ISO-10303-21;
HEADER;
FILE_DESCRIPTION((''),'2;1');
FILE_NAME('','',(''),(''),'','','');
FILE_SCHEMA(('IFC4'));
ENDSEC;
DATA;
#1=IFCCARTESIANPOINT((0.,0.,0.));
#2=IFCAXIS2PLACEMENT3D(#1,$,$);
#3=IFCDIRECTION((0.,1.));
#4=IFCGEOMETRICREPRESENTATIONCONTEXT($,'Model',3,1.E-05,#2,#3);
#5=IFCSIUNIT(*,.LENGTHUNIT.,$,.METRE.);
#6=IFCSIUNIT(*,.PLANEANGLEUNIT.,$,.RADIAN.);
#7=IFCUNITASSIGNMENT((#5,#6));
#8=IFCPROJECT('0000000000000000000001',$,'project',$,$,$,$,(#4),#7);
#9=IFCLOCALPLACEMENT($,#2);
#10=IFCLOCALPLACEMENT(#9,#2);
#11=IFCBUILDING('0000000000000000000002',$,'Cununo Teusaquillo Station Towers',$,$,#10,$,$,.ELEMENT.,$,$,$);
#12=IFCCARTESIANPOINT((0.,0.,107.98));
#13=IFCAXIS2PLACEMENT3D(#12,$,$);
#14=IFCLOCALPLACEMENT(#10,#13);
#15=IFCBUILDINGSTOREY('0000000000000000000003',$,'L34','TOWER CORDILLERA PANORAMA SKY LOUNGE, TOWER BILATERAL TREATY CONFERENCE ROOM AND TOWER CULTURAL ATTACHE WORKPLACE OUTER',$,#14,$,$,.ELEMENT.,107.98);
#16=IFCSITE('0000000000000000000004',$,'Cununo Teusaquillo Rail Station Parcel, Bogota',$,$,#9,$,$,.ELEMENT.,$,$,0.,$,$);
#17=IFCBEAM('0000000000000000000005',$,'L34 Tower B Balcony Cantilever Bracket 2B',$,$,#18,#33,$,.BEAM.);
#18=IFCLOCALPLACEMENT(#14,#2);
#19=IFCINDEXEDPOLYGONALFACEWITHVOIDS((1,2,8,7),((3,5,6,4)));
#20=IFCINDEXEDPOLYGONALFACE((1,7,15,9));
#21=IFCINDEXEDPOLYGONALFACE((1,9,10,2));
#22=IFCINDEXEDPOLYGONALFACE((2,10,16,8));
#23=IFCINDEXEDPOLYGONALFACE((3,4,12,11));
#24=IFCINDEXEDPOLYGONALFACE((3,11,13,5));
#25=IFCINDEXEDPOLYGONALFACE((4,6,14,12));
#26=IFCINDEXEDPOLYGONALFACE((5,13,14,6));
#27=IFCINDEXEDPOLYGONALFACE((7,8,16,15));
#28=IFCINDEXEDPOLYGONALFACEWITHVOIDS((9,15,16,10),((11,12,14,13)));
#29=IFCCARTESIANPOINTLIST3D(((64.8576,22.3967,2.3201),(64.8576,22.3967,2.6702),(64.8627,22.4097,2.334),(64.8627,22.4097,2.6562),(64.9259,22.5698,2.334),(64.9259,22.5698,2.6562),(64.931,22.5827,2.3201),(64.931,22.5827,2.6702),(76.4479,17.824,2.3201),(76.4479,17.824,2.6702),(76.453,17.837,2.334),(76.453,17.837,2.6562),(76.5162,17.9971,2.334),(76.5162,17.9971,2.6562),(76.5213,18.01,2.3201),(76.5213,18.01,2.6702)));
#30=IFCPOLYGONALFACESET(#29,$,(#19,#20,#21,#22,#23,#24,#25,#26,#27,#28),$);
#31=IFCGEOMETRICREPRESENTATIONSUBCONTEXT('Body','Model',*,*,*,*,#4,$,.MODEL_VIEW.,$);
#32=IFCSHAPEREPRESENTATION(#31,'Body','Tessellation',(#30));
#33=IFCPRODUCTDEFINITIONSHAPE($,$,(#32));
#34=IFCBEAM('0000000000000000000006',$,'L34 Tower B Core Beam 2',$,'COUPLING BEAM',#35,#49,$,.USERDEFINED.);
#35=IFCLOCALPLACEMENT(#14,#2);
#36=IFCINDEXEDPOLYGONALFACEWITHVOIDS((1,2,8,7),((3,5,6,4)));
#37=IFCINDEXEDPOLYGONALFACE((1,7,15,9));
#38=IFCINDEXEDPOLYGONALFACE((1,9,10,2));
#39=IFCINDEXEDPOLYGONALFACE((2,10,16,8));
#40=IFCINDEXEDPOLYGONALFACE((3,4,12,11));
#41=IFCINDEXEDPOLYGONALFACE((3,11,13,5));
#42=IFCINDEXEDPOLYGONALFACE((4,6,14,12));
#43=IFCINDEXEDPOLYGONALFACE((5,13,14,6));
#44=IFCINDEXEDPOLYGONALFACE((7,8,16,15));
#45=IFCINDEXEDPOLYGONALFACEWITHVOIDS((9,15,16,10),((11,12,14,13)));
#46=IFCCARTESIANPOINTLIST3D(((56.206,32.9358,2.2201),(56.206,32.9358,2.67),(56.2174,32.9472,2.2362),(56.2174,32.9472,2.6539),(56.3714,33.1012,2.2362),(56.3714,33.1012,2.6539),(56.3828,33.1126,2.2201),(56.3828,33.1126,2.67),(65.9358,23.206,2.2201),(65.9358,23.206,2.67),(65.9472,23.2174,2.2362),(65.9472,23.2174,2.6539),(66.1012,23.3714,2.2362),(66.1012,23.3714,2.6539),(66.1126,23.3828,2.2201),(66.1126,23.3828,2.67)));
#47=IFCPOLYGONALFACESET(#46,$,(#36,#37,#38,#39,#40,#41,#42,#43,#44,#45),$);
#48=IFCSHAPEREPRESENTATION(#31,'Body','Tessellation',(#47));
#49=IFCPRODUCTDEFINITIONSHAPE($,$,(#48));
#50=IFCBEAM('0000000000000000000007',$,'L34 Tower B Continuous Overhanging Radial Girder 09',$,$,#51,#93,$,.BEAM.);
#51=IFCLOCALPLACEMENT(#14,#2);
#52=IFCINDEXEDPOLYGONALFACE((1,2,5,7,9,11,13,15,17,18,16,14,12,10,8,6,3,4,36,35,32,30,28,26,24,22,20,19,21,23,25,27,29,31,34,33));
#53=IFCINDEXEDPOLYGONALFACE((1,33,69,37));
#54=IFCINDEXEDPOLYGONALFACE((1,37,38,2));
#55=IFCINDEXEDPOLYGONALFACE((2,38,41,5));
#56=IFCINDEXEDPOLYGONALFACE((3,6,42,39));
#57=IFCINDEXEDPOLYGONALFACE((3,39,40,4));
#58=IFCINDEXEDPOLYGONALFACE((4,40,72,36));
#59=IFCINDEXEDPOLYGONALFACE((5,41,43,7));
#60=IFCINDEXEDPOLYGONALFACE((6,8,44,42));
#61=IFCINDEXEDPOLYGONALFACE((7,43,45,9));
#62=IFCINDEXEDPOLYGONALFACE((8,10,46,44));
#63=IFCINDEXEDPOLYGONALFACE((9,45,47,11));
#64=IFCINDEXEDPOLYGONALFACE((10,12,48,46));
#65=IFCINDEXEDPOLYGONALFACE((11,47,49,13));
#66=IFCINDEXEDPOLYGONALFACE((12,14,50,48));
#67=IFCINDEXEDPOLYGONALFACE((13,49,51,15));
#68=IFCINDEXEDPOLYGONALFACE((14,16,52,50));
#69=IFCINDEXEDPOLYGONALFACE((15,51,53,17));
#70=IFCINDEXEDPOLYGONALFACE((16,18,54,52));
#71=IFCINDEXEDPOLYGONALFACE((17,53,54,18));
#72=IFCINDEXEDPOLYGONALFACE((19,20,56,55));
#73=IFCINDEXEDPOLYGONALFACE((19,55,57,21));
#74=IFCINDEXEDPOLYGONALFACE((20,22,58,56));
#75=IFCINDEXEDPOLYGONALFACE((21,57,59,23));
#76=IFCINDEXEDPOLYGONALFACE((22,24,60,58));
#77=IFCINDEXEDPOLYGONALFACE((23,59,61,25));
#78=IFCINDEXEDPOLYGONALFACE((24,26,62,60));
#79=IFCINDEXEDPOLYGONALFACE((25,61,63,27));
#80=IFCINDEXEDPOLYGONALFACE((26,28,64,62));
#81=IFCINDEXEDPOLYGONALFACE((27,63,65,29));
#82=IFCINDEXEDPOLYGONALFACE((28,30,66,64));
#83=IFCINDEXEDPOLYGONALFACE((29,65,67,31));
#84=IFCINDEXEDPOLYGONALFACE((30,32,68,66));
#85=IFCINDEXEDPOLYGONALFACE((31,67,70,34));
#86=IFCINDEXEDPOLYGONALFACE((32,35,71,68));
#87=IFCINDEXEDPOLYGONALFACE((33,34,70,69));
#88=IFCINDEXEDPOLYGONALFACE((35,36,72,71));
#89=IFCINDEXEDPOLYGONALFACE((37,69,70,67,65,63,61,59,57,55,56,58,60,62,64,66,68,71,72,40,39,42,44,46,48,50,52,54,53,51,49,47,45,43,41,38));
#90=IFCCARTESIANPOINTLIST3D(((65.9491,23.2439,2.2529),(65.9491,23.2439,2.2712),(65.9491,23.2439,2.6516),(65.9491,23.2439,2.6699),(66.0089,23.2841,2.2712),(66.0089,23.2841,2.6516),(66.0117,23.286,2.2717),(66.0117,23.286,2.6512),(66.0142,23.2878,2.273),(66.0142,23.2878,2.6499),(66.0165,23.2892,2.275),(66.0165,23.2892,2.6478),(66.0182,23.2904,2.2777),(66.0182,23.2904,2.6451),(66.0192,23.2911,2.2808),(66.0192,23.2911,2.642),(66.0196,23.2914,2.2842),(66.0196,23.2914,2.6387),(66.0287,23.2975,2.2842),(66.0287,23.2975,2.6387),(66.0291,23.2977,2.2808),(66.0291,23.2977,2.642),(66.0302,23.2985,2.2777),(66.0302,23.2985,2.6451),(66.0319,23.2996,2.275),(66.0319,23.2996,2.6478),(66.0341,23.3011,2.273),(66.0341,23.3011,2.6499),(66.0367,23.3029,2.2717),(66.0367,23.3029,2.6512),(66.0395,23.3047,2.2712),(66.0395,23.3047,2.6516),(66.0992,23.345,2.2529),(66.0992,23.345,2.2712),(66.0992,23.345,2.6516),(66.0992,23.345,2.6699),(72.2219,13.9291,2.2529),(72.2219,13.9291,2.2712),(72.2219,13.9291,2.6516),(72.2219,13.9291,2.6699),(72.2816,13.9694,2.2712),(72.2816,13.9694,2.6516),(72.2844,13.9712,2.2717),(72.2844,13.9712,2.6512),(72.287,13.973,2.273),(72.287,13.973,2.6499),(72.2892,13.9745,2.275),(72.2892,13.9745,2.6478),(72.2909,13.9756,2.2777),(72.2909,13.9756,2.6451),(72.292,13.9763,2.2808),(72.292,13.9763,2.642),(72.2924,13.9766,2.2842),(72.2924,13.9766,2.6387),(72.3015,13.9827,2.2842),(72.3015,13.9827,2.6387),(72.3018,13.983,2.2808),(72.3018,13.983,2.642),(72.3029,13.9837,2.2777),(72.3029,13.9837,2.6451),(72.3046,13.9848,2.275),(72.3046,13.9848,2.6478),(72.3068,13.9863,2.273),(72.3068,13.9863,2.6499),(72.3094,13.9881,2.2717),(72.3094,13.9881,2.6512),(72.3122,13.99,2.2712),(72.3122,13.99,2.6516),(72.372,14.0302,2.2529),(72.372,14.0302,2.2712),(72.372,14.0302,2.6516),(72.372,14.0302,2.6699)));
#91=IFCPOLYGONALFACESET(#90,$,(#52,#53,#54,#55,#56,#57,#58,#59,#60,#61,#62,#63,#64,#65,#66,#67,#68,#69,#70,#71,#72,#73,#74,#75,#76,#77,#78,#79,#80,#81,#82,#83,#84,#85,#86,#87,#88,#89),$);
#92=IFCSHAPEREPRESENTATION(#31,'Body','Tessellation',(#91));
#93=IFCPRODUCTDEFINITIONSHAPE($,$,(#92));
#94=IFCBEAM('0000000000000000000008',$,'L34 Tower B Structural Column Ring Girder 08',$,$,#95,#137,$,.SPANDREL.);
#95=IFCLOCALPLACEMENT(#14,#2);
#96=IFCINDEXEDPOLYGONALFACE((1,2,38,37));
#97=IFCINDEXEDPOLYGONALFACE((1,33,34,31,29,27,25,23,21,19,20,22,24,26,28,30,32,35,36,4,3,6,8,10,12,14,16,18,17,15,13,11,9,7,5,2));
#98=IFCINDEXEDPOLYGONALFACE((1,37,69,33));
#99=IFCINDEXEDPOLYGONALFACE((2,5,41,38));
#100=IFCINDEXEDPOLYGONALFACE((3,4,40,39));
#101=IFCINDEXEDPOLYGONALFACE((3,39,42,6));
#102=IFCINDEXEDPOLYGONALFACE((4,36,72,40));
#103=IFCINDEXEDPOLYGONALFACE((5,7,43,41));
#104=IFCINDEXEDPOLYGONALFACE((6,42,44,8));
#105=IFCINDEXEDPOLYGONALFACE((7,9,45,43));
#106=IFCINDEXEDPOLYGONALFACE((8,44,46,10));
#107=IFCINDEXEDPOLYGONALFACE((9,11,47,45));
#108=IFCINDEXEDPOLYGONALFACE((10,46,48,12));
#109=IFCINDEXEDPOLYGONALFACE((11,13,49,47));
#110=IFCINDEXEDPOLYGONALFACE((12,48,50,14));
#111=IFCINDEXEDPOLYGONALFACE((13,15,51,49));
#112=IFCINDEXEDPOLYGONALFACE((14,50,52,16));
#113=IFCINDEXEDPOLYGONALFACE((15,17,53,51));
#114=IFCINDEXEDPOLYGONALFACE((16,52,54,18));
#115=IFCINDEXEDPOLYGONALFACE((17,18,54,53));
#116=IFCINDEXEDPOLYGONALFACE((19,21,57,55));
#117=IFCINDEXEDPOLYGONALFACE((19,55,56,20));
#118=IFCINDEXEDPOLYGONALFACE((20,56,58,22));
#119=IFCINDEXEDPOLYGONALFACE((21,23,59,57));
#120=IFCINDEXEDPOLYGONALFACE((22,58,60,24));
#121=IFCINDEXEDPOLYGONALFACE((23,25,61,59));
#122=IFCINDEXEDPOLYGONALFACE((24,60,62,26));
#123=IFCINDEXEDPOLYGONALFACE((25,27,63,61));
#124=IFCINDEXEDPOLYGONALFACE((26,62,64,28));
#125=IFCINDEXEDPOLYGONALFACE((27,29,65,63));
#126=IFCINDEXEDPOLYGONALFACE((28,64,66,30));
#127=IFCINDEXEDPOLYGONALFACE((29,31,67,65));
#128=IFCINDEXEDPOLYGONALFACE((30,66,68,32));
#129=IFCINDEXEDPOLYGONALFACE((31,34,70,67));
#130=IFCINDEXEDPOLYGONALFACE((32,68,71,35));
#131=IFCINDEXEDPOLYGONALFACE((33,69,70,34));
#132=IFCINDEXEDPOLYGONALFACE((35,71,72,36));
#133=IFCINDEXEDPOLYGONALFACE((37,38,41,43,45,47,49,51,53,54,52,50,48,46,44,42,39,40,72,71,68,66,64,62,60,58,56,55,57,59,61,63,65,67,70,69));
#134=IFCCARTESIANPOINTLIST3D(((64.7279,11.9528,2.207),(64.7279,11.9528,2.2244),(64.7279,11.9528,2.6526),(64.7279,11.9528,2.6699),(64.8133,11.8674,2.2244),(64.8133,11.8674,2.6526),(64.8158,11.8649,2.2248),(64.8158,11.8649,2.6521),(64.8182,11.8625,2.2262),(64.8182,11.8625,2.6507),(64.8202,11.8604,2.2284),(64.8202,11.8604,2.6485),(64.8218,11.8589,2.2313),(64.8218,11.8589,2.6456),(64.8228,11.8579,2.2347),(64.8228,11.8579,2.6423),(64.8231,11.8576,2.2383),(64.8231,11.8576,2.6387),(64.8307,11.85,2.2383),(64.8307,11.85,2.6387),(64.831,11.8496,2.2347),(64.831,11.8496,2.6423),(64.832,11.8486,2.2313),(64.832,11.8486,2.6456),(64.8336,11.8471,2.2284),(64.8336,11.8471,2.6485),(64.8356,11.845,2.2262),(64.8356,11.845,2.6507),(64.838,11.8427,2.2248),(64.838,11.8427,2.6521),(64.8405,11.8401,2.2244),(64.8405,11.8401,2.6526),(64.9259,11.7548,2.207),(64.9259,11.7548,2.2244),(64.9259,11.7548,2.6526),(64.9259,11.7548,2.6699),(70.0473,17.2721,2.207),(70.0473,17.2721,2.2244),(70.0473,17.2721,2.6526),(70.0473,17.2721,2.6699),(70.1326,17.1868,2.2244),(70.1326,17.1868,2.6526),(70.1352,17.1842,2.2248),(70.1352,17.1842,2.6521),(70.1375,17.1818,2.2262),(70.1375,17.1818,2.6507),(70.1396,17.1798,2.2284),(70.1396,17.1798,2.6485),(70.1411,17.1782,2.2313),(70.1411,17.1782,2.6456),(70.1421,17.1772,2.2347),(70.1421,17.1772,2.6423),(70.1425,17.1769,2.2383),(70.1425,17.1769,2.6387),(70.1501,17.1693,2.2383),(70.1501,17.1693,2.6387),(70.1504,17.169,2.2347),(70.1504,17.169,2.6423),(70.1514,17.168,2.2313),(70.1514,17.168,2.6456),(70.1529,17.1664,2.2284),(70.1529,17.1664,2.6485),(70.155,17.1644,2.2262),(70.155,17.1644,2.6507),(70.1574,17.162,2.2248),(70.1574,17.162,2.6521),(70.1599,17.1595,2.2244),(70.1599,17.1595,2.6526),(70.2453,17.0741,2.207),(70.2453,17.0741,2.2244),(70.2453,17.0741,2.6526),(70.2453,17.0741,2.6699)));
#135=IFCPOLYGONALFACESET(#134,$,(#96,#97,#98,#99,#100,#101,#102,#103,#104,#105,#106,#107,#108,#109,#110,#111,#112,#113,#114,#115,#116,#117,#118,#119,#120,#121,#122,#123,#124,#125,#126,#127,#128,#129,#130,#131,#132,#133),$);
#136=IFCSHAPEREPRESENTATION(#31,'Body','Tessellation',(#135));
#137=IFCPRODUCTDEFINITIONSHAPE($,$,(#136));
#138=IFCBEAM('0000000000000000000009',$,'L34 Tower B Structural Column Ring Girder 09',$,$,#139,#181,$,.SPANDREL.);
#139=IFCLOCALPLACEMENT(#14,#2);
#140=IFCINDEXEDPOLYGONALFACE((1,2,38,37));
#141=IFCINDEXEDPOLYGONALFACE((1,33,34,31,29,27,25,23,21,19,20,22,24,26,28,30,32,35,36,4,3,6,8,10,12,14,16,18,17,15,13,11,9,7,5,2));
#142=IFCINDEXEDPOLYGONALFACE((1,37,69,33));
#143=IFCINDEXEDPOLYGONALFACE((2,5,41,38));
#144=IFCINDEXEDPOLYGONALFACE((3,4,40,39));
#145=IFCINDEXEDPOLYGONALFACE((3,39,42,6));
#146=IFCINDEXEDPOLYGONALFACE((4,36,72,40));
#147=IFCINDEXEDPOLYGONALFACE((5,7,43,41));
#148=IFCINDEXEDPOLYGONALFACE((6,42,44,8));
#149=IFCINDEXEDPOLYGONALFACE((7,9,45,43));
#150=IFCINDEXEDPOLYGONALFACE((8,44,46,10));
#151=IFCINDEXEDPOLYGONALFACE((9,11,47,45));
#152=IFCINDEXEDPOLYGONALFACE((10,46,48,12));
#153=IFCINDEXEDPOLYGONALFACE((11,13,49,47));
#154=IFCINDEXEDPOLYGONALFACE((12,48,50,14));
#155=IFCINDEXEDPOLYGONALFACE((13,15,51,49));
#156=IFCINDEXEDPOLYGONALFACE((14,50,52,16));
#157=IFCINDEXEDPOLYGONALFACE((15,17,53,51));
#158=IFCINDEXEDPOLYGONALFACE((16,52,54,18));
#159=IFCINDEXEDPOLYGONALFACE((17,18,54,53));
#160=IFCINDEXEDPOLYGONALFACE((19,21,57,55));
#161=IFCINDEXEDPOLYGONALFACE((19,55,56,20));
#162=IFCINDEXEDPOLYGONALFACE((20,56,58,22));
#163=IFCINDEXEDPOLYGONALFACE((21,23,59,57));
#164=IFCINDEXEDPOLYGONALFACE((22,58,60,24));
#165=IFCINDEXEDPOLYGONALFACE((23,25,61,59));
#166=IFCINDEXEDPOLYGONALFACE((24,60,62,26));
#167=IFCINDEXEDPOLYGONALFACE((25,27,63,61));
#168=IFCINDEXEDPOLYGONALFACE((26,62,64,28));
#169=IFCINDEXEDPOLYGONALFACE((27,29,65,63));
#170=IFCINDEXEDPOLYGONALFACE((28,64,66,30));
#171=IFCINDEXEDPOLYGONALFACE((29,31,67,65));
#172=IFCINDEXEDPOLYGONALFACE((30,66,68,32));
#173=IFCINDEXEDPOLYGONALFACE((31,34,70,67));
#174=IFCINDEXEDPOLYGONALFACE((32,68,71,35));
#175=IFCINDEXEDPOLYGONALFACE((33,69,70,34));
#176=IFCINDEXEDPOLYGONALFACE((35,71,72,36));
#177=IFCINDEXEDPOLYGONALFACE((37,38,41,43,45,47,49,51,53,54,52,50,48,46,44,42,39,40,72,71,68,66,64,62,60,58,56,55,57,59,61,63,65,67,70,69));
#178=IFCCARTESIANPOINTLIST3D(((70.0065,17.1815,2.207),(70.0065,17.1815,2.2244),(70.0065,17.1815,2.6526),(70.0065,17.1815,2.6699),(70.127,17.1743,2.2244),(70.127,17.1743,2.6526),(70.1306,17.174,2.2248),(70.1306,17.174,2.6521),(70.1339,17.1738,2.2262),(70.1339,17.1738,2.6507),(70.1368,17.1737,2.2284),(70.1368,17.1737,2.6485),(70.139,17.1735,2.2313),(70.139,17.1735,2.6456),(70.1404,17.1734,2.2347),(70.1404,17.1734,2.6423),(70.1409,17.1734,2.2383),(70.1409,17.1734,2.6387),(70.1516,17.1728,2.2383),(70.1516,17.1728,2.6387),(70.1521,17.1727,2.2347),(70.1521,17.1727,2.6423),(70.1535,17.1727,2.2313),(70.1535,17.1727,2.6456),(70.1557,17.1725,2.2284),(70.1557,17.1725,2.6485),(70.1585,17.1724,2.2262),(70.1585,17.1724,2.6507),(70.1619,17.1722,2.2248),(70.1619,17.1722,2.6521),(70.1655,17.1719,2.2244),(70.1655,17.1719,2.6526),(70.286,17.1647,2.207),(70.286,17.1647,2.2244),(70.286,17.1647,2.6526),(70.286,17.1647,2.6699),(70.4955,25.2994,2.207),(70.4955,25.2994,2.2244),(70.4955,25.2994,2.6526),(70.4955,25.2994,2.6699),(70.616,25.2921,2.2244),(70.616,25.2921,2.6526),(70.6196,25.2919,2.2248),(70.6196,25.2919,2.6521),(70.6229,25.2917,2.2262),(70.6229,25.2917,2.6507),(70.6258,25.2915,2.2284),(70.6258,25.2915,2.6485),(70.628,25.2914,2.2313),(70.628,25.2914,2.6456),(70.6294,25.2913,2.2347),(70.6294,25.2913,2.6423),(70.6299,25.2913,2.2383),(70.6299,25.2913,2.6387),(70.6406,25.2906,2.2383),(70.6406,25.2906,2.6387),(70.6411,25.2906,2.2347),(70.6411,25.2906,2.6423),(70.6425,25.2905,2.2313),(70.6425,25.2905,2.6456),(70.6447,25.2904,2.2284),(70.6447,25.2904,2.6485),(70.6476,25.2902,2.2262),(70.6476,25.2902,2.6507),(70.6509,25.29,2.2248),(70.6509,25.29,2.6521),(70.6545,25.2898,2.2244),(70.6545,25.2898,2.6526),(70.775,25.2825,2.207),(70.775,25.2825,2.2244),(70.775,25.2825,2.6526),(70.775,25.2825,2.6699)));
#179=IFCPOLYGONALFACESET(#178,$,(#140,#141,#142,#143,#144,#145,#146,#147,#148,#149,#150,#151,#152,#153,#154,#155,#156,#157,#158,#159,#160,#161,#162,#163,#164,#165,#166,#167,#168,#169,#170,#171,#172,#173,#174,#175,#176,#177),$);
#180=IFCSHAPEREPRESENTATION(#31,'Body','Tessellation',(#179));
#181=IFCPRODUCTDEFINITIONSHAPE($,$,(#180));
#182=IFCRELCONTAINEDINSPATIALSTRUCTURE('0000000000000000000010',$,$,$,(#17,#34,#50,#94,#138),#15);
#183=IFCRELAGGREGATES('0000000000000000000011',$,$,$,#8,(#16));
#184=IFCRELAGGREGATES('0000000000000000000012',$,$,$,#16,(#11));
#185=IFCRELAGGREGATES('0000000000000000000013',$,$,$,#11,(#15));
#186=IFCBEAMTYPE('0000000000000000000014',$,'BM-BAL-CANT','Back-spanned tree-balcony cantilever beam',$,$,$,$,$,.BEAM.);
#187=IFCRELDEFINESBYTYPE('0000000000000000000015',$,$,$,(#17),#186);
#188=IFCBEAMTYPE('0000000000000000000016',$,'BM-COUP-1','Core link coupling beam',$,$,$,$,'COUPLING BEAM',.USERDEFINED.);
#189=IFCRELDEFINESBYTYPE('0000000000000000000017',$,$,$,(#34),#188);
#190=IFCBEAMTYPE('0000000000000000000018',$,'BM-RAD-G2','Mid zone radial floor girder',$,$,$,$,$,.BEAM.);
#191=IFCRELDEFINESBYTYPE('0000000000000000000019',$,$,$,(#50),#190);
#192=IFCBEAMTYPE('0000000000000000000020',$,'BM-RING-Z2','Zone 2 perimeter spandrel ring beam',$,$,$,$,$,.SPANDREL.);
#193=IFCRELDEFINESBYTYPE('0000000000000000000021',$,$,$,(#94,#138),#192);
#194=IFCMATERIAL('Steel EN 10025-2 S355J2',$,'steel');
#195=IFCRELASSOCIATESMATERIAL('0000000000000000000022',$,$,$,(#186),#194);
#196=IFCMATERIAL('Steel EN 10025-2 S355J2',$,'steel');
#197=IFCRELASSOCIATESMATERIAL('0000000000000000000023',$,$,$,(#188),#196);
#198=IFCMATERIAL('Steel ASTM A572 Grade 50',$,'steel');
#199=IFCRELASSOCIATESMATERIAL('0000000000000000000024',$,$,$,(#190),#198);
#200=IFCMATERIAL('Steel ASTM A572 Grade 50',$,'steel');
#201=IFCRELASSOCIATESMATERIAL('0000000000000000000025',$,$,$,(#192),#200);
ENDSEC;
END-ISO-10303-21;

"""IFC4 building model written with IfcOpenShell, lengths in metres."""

from ifc_helpers import new_model, si_unit, direction, frame, origin, origin_2d, place, context, subcontext, project, spatial, hollow_rectangle, i_section, extrude, material, material_profile, profile_set, type_object, element, save


model = new_model("IFC4")

# Units and contexts
model_context = context("Model", 3, precision=1e-05, world=origin(), true_north=direction((0.0, 1.0)))
body_context = subcontext(model_context, "Body", "Model", "MODEL_VIEW")
ifc_project = project(units=[si_unit("LENGTHUNIT", "METRE"), si_unit("PLANEANGLEUNIT", "RADIAN")], contexts=[model_context])

# Site, building, storey
site_placement = place(None, origin())
site = spatial("IfcSite", under=ifc_project, at=site_placement, Name="Cununo Teusaquillo Rail Station Parcel, Bogota", CompositionType="ELEMENT", RefElevation=0.0)
building_placement = place(site_placement, origin())
building = spatial("IfcBuilding", under=site, at=building_placement, Name="Cununo Teusaquillo Station Towers", CompositionType="ELEMENT")
storey_placement = place(building_placement, frame((0.0, 0.0, 107.98)))
storey = spatial("IfcBuildingStorey", under=building, at=storey_placement, Name="L34", Description="TOWER CORDILLERA PANORAMA SKY LOUNGE, TOWER BILATERAL TREATY CONFERENCE ROOM AND TOWER CULTURAL ATTACHE WORKPLACE OUTER", CompositionType="ELEMENT", Elevation=107.98)

# Beams
ifc_material_1 = material(Name="Steel EN 10025-2 S355J2", Category="steel")
ifc_material_profile_1 = material_profile(ifc_material_1, hollow_rectangle(XDim=0.2, YDim=0.3501, WallThickness=0.0139, at=origin_2d()), Name="RHS 350x200x14")
ifc_profile_set_1 = profile_set([ifc_material_profile_1], Name="Steel EN 10025-2 S355J2")
beam_type_1 = type_object("IfcBeamType", Name="BM-BAL-CANT", Description="Back-spanned tree-balcony cantilever beam", PredefinedType="BEAM", material=ifc_profile_set_1)
beam_1_placement = place(storey_placement, frame((64.8943, 22.4897, 2.4951), z_axis=(0.93022, -0.367001, 0.0), x_axis=(0.367001, 0.93022, 0.0)))
element("IfcBeam", 1, at=beam_1_placement, inside=storey, type_object=beam_type_1, Name="L34 Tower B Balcony Cantilever Bracket 2B", PredefinedType="BEAM", context=body_context, shape_type="SweptSolid", body=[
    extrude(hollow_rectangle(XDim=0.2, YDim=0.3501, WallThickness=0.0139, at=origin_2d()), origin(), (0.0, 0.0, 1.0), 12.4597),
])
ifc_material_2 = material(Name="Steel EN 10025-2 S355J2", Category="steel")
ifc_material_profile_2 = material_profile(ifc_material_2, hollow_rectangle(XDim=0.25, YDim=0.45, WallThickness=0.0161, at=origin_2d()), Name="RHS 450x250x16")
ifc_profile_set_2 = profile_set([ifc_material_profile_2], Name="Steel EN 10025-2 S355J2")
beam_type_2 = type_object("IfcBeamType", Name="BM-COUP-1", Description="Core link coupling beam", ElementType="COUPLING BEAM", PredefinedType="USERDEFINED", material=ifc_profile_set_2)
beam_2_placement = place(storey_placement, frame((66.0242, 23.2944, 2.4451), z_axis=(-0.707107, 0.707107, 0.0), x_axis=(-0.707107, -0.707107, 0.0)))
element("IfcBeam", 2, at=beam_2_placement, inside=storey, type_object=beam_type_2, Name="L34 Tower B Core Beam 2", ObjectType="COUPLING BEAM", PredefinedType="USERDEFINED", context=body_context, shape_type="SweptSolid", body=[
    extrude(hollow_rectangle(XDim=0.25, YDim=0.45, WallThickness=0.0161, at=origin_2d()), origin(), (0.0, 0.0, 1.0), 13.76),
])
ifc_material_3 = material(Name="Steel ASTM A572 Grade 50", Category="steel")
ifc_material_profile_3 = material_profile(ifc_material_3, i_section(OverallWidth=0.1809, OverallDepth=0.417, WebThickness=0.011, FlangeThickness=0.0183, FilletRadius=0.0129, at=origin_2d()), Name="W16X57")
ifc_profile_set_3 = profile_set([ifc_material_profile_3], Name="Steel ASTM A572 Grade 50")
beam_type_3 = type_object("IfcBeamType", Name="BM-RAD-G2", Description="Mid zone radial floor girder", PredefinedType="BEAM", material=ifc_profile_set_3)
beam_3_placement = place(storey_placement, frame((66.0242, 23.2944, 2.4614), z_axis=(0.558572, -0.829456, 0.0), x_axis=(0.829456, 0.558572, 0.0)))
element("IfcBeam", 3, at=beam_3_placement, inside=storey, type_object=beam_type_3, Name="L34 Tower B Continuous Overhanging Radial Girder 09", PredefinedType="BEAM", context=body_context, shape_type="SweptSolid", body=[
    extrude(i_section(OverallWidth=0.1809, OverallDepth=0.417, WebThickness=0.011, FlangeThickness=0.0183, FilletRadius=0.0129, at=origin_2d()), origin(), (0.0, 0.0, 1.0), 11.23),
])
ifc_material_4 = material(Name="Steel ASTM A572 Grade 50", Category="steel")
ifc_material_profile_4 = material_profile(ifc_material_4, i_section(OverallWidth=0.28, OverallDepth=0.4629, WebThickness=0.0107, FlangeThickness=0.0173, FilletRadius=0.0139, at=origin_2d()), Name="W18X76")
ifc_profile_set_4 = profile_set([ifc_material_profile_4], Name="Steel ASTM A572 Grade 50")
beam_type_4 = type_object("IfcBeamType", Name="BM-RING-Z2", Description="Zone 2 perimeter spandrel ring beam", PredefinedType="SPANDREL", material=ifc_profile_set_4)
beam_4_placement = place(storey_placement, frame((64.8269, 11.8538, 2.4385), z_axis=(0.707107, 0.707107, 0.0), x_axis=(-0.707107, 0.707107, 0.0)))
element("IfcBeam", 4, at=beam_4_placement, inside=storey, type_object=beam_type_4, Name="L34 Tower B Structural Column Ring Girder 08", PredefinedType="SPANDREL", context=body_context, shape_type="SweptSolid", body=[
    extrude(i_section(OverallWidth=0.28, OverallDepth=0.4629, WebThickness=0.0107, FlangeThickness=0.0173, FilletRadius=0.0139, at=origin_2d()), origin(), (0.0, 0.0, 1.0), 7.5227),
])
beam_5_placement = place(storey_placement, frame((70.1462, 17.1731, 2.4385), z_axis=(0.06013, 0.998191, 0.0), x_axis=(-0.998191, 0.06013, 0.0)))
element("IfcBeam", 5, at=beam_5_placement, inside=storey, type_object=beam_type_4, Name="L34 Tower B Structural Column Ring Girder 09", PredefinedType="SPANDREL", context=body_context, shape_type="SweptSolid", body=[
    extrude(i_section(OverallWidth=0.28, OverallDepth=0.4629, WebThickness=0.0107, FlangeThickness=0.0173, FilletRadius=0.0139, at=origin_2d()), origin(), (0.0, 0.0, 1.0), 8.1326),
])

save(model, "model.ifc")
